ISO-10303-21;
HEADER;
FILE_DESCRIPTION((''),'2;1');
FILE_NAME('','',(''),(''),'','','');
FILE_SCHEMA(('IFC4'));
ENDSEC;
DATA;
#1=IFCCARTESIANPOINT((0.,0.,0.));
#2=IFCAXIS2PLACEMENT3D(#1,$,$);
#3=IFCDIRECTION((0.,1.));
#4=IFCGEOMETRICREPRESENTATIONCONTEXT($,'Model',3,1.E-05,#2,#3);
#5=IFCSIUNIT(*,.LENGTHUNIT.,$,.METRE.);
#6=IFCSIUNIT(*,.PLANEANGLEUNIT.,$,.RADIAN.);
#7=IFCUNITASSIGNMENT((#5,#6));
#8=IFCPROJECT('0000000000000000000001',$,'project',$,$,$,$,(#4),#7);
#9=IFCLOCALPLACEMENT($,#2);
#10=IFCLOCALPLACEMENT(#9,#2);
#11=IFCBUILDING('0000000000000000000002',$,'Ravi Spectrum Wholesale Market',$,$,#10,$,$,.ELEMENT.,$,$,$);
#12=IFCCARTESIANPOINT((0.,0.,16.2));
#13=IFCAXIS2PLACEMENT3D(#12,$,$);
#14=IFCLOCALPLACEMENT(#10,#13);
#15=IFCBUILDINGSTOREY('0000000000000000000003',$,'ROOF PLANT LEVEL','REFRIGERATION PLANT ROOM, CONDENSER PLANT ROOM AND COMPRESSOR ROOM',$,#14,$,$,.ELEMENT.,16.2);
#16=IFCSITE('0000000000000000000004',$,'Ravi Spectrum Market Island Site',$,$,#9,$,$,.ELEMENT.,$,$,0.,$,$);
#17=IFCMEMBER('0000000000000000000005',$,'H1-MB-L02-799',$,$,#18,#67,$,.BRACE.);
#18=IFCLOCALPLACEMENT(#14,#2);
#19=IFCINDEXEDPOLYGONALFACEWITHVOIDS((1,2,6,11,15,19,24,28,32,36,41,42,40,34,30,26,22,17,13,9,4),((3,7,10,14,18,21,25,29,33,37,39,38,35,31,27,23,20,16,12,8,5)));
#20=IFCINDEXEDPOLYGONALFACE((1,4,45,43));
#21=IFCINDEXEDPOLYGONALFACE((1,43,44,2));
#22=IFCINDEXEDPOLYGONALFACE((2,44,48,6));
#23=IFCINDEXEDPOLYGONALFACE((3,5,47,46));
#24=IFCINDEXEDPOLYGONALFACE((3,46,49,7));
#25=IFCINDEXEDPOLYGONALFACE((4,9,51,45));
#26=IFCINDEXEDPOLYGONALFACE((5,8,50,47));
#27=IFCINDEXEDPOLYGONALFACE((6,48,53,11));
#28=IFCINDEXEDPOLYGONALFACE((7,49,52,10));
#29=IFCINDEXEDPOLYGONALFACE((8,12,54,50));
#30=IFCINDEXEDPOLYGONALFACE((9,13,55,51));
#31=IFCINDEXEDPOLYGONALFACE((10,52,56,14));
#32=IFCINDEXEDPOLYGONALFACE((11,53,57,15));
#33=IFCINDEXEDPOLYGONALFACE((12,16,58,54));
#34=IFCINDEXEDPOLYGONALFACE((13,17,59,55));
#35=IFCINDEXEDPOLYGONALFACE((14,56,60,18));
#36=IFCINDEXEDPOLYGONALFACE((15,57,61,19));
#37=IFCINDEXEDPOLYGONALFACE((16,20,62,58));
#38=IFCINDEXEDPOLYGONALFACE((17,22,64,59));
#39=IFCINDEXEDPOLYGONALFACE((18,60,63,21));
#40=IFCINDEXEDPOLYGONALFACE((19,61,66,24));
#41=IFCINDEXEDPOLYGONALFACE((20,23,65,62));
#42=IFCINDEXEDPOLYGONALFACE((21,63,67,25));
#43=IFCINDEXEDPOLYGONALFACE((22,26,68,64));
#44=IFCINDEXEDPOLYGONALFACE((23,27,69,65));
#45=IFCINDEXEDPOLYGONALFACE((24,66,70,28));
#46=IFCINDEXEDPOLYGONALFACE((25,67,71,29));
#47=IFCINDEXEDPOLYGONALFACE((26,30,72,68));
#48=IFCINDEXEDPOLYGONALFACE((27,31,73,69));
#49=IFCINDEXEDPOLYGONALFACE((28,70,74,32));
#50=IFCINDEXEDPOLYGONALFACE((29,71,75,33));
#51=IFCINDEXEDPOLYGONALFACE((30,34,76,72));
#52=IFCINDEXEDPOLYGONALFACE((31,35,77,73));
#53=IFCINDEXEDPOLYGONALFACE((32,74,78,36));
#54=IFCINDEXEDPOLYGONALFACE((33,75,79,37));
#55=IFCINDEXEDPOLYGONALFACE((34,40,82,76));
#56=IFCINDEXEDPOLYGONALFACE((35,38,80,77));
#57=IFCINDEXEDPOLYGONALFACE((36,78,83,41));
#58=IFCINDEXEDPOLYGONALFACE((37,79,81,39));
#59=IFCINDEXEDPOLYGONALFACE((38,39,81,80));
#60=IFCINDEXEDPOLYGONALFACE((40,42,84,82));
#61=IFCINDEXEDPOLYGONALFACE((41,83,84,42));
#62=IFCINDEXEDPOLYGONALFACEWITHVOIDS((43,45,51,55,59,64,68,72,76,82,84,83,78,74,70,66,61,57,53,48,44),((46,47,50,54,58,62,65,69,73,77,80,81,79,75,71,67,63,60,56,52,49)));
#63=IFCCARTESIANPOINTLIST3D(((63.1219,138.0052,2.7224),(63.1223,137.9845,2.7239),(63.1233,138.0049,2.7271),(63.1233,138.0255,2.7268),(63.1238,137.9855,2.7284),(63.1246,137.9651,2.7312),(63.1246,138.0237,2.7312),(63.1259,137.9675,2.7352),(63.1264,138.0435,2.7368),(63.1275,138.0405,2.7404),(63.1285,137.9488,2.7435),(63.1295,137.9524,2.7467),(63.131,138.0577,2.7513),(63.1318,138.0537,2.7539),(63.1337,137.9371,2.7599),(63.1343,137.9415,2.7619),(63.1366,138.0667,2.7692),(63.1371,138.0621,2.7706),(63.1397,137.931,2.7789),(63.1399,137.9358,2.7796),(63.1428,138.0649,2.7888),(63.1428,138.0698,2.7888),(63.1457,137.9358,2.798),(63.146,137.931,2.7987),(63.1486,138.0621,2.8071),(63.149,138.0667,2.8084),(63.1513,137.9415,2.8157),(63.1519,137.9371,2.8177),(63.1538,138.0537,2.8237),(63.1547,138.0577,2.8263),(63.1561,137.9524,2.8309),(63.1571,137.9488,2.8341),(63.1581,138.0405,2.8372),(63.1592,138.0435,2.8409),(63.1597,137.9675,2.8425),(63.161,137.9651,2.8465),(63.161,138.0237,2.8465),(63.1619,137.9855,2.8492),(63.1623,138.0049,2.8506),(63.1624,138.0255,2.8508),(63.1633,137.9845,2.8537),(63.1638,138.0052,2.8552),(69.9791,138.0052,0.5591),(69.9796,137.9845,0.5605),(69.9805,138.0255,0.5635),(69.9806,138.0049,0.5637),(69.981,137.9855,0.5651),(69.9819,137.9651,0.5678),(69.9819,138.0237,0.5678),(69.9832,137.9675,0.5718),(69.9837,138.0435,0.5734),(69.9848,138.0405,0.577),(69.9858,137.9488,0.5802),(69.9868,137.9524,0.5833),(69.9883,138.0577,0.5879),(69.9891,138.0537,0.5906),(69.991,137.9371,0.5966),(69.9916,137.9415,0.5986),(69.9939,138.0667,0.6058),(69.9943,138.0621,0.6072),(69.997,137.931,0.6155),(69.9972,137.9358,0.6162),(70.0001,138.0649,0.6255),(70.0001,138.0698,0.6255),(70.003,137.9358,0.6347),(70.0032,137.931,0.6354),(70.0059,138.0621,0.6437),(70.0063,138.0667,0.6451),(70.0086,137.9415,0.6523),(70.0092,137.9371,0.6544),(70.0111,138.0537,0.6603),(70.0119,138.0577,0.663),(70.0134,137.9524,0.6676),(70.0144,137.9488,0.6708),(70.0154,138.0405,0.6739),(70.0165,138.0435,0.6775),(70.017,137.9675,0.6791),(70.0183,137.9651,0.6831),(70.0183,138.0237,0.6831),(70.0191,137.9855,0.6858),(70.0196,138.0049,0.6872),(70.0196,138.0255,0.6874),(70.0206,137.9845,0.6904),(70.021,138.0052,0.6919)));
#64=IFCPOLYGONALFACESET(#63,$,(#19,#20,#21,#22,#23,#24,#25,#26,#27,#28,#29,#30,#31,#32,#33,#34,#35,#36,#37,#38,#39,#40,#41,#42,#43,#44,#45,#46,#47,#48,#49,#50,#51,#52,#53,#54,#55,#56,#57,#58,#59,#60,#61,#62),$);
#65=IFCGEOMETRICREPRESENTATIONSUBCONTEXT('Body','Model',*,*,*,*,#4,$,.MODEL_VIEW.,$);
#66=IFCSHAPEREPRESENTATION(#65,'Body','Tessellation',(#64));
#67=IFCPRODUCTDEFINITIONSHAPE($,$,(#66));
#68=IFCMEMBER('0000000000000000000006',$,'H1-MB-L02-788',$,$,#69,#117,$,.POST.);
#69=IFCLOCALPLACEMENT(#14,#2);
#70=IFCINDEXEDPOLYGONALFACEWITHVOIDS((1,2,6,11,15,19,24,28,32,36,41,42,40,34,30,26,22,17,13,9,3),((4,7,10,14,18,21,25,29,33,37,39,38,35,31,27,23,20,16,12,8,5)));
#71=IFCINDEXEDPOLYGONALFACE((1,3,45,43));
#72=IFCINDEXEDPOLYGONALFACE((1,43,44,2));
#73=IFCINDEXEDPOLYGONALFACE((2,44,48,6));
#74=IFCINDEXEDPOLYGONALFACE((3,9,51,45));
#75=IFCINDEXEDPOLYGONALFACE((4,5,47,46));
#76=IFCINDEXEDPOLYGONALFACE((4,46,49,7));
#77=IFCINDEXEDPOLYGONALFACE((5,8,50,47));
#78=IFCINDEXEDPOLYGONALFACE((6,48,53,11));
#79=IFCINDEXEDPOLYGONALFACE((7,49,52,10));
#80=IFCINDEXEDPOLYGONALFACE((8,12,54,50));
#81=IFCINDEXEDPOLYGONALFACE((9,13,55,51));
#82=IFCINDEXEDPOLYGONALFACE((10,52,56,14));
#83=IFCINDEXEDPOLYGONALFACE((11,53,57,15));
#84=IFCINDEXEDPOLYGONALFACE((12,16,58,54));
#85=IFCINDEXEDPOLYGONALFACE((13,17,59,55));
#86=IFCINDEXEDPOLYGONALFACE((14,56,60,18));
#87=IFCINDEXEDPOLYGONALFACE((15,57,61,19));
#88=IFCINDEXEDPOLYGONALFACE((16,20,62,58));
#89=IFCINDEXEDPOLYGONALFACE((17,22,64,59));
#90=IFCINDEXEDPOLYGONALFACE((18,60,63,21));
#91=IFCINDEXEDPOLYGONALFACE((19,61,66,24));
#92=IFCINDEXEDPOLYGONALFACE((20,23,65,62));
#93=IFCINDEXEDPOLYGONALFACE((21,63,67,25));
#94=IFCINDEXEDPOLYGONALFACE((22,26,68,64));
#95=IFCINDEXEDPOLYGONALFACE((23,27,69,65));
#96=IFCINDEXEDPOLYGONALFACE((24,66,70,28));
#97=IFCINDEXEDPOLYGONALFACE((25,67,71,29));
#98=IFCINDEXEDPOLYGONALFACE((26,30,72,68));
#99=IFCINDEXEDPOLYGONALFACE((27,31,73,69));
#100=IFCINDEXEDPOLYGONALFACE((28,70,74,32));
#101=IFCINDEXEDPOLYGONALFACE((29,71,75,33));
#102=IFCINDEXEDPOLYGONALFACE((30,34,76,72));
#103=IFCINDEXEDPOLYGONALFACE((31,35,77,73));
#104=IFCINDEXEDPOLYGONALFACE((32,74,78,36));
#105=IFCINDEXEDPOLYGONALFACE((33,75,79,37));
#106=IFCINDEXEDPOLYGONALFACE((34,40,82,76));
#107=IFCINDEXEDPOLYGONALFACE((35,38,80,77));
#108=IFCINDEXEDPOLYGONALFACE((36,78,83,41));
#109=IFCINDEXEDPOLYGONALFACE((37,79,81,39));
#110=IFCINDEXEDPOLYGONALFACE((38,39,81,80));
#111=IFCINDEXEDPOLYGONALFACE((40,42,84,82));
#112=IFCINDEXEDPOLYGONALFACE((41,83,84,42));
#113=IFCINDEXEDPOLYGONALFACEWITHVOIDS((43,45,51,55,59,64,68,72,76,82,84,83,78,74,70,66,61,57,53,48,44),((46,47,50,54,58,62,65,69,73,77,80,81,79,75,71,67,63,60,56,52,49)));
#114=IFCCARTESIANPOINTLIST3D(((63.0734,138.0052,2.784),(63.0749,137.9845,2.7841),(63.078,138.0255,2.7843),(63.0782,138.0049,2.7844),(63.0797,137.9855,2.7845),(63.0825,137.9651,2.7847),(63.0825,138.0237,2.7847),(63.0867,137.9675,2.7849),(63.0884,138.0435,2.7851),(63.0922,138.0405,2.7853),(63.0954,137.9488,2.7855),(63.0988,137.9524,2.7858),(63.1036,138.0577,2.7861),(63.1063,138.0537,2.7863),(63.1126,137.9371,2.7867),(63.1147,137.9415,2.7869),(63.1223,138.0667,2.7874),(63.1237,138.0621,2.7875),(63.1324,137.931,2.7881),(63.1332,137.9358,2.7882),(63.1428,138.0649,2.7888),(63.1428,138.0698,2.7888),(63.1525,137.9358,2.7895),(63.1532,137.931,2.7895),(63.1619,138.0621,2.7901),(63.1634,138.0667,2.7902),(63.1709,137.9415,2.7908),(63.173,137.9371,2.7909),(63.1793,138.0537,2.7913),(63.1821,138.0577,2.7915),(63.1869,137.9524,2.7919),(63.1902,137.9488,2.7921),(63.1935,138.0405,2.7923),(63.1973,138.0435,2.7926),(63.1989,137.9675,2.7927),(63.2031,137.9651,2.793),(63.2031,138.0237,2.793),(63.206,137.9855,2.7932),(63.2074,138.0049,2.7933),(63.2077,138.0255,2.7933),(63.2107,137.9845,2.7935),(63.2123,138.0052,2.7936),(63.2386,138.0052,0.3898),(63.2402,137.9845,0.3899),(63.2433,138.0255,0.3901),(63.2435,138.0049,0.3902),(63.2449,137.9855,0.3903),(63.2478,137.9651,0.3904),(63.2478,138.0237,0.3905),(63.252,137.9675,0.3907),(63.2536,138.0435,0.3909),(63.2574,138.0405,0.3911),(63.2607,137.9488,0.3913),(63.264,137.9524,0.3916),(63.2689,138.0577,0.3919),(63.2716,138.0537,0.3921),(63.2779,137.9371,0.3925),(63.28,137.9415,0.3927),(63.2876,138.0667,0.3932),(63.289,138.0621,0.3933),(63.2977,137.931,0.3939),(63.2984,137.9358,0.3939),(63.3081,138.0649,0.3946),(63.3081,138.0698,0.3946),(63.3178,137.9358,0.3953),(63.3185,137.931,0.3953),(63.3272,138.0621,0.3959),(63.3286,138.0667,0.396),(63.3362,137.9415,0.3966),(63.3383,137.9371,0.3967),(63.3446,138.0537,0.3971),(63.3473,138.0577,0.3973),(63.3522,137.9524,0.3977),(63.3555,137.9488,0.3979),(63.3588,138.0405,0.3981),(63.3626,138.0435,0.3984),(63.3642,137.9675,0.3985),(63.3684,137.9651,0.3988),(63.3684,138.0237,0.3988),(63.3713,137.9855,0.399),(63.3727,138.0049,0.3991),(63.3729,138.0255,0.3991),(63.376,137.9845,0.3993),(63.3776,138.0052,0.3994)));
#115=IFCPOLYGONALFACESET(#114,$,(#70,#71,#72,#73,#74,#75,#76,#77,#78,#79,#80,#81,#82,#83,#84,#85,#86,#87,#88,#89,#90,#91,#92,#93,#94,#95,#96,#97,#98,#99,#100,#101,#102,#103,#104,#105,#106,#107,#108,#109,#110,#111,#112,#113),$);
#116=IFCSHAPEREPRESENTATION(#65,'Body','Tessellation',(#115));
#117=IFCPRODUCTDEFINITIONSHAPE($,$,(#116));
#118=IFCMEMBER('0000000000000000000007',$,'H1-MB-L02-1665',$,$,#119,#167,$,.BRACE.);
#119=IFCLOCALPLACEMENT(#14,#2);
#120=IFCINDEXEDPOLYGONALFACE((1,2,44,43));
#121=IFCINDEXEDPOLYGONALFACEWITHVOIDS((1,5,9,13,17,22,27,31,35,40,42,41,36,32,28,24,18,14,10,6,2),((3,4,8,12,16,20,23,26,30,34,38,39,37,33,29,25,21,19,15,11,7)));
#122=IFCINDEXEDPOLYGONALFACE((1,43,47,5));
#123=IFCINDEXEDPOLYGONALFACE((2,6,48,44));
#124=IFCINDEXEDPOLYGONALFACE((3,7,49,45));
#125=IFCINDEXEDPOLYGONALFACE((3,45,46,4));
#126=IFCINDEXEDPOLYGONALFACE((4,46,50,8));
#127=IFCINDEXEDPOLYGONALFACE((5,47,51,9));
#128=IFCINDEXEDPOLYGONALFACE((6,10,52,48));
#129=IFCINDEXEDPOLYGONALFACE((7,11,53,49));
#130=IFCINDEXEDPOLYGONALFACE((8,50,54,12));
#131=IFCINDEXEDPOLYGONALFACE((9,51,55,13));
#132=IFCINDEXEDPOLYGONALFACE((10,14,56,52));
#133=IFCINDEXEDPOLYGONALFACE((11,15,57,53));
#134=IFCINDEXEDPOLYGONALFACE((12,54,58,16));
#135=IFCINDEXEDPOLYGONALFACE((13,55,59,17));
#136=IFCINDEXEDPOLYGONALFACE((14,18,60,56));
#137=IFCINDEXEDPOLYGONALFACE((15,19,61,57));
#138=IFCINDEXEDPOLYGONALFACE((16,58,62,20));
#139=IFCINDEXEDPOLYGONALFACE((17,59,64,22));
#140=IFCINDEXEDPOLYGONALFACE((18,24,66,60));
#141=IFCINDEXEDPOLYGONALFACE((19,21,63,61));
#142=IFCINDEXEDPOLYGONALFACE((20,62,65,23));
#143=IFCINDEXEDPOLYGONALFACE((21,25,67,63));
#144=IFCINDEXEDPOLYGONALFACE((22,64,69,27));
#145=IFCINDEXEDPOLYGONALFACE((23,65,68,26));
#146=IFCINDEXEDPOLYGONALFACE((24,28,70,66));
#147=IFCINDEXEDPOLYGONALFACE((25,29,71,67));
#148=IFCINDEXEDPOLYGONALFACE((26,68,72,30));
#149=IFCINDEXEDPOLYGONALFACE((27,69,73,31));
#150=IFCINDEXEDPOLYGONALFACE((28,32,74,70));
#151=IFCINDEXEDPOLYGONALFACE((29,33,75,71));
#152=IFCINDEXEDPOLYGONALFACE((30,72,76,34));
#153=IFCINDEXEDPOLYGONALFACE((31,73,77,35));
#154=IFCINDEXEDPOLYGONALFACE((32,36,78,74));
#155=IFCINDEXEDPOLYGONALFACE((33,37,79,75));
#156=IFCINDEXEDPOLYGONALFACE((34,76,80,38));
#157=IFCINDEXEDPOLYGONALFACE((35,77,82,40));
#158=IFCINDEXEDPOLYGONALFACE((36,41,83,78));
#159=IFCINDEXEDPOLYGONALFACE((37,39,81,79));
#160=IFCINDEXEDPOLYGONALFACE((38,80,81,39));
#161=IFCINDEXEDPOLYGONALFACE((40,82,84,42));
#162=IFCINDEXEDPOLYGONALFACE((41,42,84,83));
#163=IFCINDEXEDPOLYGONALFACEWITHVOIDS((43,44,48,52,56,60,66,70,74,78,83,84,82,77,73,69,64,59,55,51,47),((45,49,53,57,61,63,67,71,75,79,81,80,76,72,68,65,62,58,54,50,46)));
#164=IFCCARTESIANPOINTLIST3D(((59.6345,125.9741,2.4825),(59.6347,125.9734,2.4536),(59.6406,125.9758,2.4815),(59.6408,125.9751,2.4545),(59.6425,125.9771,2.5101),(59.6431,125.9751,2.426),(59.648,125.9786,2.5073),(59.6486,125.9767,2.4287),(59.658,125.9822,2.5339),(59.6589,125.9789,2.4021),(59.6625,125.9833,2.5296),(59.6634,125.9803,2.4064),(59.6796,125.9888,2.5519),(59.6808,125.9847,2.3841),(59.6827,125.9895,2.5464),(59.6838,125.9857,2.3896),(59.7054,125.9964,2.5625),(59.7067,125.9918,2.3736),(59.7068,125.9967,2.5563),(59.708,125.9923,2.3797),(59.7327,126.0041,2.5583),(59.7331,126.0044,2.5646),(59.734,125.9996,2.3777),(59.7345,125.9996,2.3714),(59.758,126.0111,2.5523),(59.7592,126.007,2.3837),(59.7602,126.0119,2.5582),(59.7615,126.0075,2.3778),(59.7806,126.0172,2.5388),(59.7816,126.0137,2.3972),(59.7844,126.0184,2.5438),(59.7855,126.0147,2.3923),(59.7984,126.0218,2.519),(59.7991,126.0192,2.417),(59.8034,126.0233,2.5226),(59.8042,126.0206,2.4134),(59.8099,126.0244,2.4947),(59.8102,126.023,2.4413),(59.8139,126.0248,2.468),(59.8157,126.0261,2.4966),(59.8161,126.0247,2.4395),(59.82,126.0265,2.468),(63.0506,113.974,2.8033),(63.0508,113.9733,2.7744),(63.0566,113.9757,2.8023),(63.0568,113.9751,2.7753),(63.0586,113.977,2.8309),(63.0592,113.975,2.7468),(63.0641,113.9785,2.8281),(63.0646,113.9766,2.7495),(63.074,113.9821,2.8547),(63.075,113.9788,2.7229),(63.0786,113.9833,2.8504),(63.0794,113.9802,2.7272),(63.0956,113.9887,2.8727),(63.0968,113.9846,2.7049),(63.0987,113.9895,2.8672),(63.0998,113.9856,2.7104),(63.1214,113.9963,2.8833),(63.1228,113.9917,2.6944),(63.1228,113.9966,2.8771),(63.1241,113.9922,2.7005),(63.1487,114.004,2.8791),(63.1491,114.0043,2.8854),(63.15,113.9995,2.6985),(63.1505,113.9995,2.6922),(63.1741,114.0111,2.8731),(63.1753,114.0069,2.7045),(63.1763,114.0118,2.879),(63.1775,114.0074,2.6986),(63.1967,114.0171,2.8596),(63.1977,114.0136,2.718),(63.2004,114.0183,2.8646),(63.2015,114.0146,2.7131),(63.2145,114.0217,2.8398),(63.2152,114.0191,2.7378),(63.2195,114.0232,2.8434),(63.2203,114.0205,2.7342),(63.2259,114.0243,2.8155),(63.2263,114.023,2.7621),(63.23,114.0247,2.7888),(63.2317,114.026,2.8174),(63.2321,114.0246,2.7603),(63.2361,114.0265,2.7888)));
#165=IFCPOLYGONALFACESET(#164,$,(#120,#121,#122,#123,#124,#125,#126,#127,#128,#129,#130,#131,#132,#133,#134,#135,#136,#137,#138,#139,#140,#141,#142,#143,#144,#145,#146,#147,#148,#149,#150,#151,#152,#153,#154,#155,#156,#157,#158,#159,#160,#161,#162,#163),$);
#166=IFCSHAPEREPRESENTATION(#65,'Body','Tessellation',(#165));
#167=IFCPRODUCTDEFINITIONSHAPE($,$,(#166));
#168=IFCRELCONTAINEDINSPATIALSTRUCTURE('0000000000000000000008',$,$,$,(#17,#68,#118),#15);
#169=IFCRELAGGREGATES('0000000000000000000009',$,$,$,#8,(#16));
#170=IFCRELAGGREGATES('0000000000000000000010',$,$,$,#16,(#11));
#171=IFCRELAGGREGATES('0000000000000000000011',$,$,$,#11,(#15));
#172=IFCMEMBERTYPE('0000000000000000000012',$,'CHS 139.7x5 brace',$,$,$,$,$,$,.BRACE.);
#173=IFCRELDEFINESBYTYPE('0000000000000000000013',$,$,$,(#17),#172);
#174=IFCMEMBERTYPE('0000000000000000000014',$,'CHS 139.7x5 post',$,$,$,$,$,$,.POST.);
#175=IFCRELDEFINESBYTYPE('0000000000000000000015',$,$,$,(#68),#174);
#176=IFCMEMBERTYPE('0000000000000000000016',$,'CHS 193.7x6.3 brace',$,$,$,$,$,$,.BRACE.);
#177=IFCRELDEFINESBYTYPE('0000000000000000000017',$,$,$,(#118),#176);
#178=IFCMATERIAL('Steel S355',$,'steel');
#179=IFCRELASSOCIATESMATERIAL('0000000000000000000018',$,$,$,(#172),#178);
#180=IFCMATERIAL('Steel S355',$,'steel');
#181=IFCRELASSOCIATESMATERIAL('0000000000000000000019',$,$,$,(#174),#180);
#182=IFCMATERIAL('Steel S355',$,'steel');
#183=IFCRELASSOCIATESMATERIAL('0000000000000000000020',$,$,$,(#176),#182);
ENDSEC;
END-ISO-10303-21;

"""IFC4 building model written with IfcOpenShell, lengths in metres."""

from ifc_helpers import new_model, si_unit, direction, frame, origin, origin_2d, place, context, subcontext, project, spatial, hollow_circle, extrude, material, material_profile, profile_set, type_object, element, save


model = new_model("IFC4")

# Units and contexts
model_context = context("Model", 3, precision=1e-05, world=origin(), true_north=direction((0.0, 1.0)))
body_context = subcontext(model_context, "Body", "Model", "MODEL_VIEW")
ifc_project = project(units=[si_unit("LENGTHUNIT", "METRE"), si_unit("PLANEANGLEUNIT", "RADIAN")], contexts=[model_context])

# Site, building, storey
site_placement = place(None, origin())
site = spatial("IfcSite", under=ifc_project, at=site_placement, Name="Ravi Spectrum Market Island Site", CompositionType="ELEMENT", RefElevation=0.0)
building_placement = place(site_placement, origin())
building = spatial("IfcBuilding", under=site, at=building_placement, Name="Ravi Spectrum Wholesale Market", CompositionType="ELEMENT")
storey_placement = place(building_placement, frame((0.0, 0.0, 16.2)))
storey = spatial("IfcBuildingStorey", under=building, at=storey_placement, Name="ROOF PLANT LEVEL", Description="REFRIGERATION PLANT ROOM, CONDENSER PLANT ROOM AND COMPRESSOR ROOM", CompositionType="ELEMENT", Elevation=16.2)

# Members
ifc_material_1 = material(Name="Steel S355", Category="steel")
ifc_material_profile_1 = material_profile(ifc_material_1, hollow_circle(Radius=0.0698, WallThickness=0.0049, at=origin_2d()))
ifc_profile_set_1 = profile_set([ifc_material_profile_1], Name="Steel S355")
member_type_1 = type_object("IfcMemberType", Name="CHS 139.7x5 brace", PredefinedType="BRACE", material=ifc_profile_set_1)
member_1_placement = place(storey_placement, frame((63.1428, 138.0, 2.7888), z_axis=(0.953666, 0.0, -0.300866), x_axis=(0.0, 1.0, 0.0)))
element("IfcMember", 1, at=member_1_placement, inside=storey, type_object=member_type_1, Name="H1-MB-L02-799", PredefinedType="BRACE", context=body_context, shape_type="SweptSolid", body=[
    extrude(hollow_circle(Radius=0.0698, WallThickness=0.0049, at=origin_2d()), origin(), (0.0, 0.0, 1.0), 7.1904),
])
ifc_material_2 = material(Name="Steel S355", Category="steel")
ifc_material_profile_2 = material_profile(ifc_material_2, hollow_circle(Radius=0.0698, WallThickness=0.0049, at=origin_2d()))
ifc_profile_set_2 = profile_set([ifc_material_profile_2], Name="Steel S355")
member_type_2 = type_object("IfcMemberType", Name="CHS 139.7x5 post", PredefinedType="POST", material=ifc_profile_set_2)
member_2_placement = place(storey_placement, frame((63.1428, 138.0, 2.7888), z_axis=(0.068868, 0.0, -0.997626), x_axis=(0.0, 1.0, 0.0)))
element("IfcMember", 2, at=member_2_placement, inside=storey, type_object=member_type_2, Name="H1-MB-L02-788", PredefinedType="POST", context=body_context, shape_type="SweptSolid", body=[
    extrude(hollow_circle(Radius=0.0698, WallThickness=0.0049, at=origin_2d()), origin(), (0.0, 0.0, 1.0), 2.3999),
])
ifc_material_3 = material(Name="Steel S355", Category="steel")
ifc_material_profile_3 = material_profile(ifc_material_3, hollow_circle(Radius=0.0969, WallThickness=0.0063, at=origin_2d()))
ifc_profile_set_3 = profile_set([ifc_material_profile_3], Name="Steel S355")
member_type_3 = type_object("IfcMemberType", Name="CHS 193.7x6.3 brace", PredefinedType="BRACE", material=ifc_profile_set_3)
member_3_placement = place(storey_placement, frame((59.7268, 126.0, 2.468), z_axis=(0.2737, -0.961472, 0.025703), x_axis=(0.961789, 0.273791, 0.0)))
element("IfcMember", 3, at=member_3_placement, inside=storey, type_object=member_type_3, Name="H1-MB-L02-1665", PredefinedType="BRACE", context=body_context, shape_type="SweptSolid", body=[
    extrude(hollow_circle(Radius=0.0969, WallThickness=0.0063, at=origin_2d()), origin(), (0.0, 0.0, 1.0), 12.481),
])

save(model, "model.ifc")
